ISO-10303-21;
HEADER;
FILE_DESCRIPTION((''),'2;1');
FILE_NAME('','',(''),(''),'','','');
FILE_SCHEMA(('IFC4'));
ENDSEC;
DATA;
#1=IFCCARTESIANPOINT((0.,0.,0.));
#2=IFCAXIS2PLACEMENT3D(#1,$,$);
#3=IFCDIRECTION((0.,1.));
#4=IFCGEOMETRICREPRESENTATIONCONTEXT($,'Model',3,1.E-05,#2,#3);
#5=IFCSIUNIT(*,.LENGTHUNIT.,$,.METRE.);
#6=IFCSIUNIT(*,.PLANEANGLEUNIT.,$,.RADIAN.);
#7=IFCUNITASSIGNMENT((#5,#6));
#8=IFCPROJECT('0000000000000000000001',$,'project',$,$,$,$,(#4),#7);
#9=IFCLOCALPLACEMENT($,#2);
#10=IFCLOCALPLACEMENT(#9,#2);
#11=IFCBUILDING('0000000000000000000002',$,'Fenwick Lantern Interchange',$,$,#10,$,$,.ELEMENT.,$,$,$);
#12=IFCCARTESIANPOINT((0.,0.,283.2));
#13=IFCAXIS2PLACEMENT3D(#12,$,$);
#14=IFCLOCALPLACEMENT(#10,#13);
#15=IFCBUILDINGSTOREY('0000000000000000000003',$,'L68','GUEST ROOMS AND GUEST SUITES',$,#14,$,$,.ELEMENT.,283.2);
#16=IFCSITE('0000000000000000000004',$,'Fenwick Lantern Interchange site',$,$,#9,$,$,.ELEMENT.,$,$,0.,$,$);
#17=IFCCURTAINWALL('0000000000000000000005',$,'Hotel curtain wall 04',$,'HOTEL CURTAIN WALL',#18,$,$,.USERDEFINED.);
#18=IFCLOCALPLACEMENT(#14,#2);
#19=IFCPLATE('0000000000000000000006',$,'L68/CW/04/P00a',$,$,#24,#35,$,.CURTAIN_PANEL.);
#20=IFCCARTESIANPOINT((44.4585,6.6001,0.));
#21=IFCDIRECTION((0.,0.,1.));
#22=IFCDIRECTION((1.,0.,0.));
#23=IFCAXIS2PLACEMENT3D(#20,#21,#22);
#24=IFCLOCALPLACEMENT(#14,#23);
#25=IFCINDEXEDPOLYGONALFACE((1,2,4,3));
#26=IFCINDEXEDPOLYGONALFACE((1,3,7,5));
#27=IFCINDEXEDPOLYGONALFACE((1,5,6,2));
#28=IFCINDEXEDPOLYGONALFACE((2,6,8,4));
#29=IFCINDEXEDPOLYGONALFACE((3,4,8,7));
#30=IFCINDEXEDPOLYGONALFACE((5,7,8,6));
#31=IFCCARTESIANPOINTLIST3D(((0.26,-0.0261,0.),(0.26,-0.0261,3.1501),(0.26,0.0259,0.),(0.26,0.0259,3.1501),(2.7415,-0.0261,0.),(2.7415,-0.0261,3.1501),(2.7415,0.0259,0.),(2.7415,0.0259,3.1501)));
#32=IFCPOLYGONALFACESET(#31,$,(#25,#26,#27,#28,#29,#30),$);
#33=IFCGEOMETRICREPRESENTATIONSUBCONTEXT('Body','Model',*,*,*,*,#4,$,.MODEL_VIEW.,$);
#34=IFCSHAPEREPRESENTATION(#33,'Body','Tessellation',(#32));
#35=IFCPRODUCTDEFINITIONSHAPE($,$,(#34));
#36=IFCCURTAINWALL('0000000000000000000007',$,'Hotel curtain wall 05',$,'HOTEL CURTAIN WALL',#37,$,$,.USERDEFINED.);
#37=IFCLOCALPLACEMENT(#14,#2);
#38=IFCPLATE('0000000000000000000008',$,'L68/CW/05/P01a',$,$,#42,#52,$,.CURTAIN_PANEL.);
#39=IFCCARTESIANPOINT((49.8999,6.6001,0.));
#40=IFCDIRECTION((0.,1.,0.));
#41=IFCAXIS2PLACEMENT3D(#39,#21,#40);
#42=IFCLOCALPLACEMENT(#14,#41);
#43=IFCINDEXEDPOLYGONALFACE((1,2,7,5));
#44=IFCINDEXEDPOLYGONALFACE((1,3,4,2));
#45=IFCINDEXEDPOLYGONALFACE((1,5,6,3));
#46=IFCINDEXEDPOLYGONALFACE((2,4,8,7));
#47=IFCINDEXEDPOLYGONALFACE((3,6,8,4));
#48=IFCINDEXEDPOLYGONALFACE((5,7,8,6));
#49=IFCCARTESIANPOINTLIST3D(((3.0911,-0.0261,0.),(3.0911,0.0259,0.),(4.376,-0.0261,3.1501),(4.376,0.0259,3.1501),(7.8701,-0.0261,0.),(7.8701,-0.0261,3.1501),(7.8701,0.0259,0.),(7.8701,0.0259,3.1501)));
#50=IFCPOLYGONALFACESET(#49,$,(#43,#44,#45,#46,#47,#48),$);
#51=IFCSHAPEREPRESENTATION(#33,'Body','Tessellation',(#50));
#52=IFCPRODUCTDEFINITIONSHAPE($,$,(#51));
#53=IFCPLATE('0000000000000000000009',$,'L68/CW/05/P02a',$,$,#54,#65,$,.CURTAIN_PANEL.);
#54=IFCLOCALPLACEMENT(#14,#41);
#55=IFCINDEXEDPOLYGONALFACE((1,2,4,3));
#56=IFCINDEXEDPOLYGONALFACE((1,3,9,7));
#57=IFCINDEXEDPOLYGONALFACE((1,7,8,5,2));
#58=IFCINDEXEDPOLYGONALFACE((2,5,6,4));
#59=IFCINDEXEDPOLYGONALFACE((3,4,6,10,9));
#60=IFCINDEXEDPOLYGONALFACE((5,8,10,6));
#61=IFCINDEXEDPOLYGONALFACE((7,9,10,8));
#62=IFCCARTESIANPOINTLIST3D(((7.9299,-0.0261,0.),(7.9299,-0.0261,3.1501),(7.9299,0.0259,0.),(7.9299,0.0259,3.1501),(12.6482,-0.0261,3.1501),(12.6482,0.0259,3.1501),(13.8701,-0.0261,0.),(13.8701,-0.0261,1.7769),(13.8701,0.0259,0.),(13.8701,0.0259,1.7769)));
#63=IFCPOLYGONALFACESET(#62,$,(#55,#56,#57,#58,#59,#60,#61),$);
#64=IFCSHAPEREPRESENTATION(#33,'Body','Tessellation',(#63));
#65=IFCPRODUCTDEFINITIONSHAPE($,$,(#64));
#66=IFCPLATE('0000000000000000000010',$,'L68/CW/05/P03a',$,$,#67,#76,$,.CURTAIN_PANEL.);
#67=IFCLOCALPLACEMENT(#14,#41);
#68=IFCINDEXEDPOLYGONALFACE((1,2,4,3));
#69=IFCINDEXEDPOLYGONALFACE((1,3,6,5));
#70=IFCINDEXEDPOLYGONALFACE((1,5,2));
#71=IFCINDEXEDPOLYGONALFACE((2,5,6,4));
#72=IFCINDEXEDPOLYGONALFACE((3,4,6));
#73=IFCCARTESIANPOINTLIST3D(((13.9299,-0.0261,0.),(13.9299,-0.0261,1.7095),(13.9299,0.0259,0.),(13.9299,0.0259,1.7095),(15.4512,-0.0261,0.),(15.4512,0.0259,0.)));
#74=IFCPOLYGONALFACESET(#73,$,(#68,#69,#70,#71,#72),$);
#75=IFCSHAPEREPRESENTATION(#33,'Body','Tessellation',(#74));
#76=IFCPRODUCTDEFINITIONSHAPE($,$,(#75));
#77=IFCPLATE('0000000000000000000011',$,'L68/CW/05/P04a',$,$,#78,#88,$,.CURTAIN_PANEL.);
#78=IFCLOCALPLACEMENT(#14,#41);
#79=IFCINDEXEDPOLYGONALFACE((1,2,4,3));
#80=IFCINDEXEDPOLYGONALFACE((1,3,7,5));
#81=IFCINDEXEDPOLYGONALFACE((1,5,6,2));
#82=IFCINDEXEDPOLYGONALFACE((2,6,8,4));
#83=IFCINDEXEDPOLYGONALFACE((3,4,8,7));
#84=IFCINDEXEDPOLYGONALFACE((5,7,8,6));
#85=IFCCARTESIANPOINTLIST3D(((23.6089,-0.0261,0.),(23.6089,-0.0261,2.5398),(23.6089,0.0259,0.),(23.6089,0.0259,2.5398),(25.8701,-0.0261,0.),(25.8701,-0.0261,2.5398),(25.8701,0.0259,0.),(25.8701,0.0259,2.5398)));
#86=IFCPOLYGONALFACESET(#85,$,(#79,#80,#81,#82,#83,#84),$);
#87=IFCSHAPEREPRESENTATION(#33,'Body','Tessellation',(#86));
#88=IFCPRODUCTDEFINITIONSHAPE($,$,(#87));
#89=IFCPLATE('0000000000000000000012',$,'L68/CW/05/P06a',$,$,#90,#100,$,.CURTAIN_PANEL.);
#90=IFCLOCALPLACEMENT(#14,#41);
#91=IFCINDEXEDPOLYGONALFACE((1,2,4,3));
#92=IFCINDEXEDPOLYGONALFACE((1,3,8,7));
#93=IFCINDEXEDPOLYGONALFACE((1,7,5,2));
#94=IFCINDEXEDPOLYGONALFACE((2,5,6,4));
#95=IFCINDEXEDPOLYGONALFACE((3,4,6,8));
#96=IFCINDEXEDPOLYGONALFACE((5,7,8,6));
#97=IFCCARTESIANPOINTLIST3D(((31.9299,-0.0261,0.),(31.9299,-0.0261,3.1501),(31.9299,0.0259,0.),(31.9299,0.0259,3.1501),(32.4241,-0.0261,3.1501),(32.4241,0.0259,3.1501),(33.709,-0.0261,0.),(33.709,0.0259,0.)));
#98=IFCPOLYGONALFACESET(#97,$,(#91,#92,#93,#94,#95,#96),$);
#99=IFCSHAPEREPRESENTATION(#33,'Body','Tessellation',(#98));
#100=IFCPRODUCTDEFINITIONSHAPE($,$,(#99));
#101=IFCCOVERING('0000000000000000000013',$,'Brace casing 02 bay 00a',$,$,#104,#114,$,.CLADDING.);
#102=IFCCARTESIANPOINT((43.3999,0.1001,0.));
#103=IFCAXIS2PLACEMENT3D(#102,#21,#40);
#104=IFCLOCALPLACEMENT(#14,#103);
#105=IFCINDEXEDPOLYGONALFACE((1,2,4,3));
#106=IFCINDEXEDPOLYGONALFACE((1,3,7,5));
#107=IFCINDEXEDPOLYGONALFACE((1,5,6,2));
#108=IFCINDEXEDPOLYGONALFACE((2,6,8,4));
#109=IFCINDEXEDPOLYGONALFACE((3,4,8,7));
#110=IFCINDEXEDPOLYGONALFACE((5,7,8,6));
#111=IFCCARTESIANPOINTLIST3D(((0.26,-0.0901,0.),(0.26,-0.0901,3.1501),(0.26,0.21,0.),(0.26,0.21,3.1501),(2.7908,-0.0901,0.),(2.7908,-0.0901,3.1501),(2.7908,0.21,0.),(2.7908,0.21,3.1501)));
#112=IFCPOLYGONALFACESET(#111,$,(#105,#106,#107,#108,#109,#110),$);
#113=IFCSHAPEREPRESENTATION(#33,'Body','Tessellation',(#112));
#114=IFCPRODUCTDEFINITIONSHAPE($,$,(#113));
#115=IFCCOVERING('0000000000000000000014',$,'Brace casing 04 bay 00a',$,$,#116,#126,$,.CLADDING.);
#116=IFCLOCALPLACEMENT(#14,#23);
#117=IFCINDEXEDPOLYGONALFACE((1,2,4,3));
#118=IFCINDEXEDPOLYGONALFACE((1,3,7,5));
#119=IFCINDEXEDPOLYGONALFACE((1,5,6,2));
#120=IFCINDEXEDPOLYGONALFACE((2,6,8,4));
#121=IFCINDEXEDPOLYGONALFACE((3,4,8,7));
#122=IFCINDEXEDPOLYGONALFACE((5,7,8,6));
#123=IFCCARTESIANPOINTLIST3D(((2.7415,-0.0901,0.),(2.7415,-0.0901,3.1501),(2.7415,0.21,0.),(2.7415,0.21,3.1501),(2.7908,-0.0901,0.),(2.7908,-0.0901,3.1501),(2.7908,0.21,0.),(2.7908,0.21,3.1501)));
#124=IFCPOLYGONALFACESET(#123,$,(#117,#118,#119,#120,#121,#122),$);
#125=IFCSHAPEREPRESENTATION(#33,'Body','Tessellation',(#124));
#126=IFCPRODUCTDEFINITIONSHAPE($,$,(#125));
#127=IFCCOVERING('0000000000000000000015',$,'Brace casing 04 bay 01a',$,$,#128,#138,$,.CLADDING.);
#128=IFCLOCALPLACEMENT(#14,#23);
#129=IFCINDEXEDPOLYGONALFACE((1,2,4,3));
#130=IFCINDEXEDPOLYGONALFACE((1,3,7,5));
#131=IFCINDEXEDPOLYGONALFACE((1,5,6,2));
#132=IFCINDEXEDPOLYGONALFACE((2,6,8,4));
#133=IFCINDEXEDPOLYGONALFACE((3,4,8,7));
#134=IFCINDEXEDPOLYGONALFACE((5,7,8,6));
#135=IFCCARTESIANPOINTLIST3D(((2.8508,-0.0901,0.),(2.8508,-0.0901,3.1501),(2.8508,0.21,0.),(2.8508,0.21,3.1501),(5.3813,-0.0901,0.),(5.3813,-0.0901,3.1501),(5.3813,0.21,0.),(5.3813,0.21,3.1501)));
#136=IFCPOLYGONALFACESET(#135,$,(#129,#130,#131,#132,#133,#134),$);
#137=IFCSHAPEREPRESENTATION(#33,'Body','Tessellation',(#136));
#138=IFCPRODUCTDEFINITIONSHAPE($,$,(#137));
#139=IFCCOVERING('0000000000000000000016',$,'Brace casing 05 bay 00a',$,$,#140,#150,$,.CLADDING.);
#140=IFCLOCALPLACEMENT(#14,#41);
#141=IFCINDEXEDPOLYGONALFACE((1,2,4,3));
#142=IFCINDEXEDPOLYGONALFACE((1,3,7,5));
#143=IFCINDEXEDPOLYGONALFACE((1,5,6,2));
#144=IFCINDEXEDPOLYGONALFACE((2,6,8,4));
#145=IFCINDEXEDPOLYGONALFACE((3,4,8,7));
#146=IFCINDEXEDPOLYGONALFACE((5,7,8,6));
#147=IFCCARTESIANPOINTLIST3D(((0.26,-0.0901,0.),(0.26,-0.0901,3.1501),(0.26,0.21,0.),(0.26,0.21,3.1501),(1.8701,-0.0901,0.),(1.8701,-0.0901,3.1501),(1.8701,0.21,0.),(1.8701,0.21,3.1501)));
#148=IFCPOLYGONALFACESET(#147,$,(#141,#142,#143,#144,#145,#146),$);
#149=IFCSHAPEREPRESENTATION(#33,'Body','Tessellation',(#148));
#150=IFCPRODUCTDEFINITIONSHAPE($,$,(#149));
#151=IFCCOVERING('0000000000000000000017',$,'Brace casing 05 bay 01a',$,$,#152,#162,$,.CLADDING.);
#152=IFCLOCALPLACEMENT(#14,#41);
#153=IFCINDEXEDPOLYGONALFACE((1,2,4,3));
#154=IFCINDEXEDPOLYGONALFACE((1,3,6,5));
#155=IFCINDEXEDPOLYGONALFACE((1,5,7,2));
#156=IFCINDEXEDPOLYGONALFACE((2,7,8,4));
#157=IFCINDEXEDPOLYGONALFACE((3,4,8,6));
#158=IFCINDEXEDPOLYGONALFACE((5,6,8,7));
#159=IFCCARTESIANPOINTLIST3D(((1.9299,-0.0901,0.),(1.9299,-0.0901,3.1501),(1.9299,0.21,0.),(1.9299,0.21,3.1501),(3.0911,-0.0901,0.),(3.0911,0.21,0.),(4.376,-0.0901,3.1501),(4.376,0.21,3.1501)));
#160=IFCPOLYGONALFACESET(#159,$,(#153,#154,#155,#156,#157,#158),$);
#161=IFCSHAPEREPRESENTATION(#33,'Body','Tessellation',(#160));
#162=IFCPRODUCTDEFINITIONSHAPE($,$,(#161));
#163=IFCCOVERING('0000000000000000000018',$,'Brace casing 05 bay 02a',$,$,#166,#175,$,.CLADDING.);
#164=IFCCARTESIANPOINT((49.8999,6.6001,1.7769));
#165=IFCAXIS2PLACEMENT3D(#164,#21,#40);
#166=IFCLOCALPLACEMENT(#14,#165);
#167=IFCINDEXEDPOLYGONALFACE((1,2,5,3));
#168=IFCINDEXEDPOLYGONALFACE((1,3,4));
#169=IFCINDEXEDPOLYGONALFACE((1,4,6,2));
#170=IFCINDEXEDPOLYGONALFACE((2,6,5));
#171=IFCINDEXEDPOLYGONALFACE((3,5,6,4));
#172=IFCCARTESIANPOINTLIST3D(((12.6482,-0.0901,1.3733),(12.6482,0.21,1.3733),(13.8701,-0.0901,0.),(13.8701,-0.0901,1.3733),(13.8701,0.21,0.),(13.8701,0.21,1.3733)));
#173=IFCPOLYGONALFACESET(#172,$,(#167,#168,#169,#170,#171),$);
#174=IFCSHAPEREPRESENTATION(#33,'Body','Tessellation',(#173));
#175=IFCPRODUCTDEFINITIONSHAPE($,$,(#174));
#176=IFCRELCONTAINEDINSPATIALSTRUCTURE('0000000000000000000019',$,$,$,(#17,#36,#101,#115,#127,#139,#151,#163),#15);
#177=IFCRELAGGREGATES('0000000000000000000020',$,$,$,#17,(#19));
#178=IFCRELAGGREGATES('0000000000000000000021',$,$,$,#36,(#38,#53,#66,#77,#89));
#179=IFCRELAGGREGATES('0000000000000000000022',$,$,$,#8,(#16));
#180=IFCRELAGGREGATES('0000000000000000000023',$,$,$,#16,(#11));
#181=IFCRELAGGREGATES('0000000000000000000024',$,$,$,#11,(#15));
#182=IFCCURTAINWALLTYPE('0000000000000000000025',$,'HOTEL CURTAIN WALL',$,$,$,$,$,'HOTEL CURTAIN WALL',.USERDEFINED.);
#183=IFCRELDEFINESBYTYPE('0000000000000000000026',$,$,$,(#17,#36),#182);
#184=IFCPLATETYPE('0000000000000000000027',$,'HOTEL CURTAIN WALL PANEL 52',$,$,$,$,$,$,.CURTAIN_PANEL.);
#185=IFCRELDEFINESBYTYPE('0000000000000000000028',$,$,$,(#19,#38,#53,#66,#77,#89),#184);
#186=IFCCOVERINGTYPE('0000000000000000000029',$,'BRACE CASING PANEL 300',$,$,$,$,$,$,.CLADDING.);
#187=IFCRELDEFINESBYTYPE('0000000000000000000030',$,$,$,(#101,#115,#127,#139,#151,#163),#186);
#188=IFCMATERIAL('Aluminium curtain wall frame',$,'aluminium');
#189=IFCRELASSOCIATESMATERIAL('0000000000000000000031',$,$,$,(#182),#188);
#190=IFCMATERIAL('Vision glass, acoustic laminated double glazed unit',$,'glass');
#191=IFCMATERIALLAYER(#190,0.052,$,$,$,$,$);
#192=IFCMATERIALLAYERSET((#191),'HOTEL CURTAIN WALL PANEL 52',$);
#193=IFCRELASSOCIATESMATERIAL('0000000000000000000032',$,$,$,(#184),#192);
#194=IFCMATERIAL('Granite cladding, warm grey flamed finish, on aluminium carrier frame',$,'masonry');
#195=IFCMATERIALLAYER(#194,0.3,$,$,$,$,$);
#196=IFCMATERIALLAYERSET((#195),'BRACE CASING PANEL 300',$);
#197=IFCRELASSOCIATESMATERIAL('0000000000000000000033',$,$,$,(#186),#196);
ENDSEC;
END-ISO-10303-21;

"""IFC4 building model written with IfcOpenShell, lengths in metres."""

from ifc_helpers import new_model, si_unit, direction, frame, origin, place, context, subcontext, project, spatial, polyline, outline, extrude, material, layer, layer_set, type_object, element, aggregate, save


model = new_model("IFC4")

# Units and contexts
model_context = context("Model", 3, precision=1e-05, world=origin(), true_north=direction((0.0, 1.0)))
body_context = subcontext(model_context, "Body", "Model", "MODEL_VIEW")
ifc_project = project(units=[si_unit("LENGTHUNIT", "METRE"), si_unit("PLANEANGLEUNIT", "RADIAN")], contexts=[model_context])

# Site, building, storey
site_placement = place(None, origin())
site = spatial("IfcSite", under=ifc_project, at=site_placement, Name="Fenwick Lantern Interchange site", CompositionType="ELEMENT", RefElevation=0.0)
building_placement = place(site_placement, origin())
building = spatial("IfcBuilding", under=site, at=building_placement, Name="Fenwick Lantern Interchange", CompositionType="ELEMENT")
storey_placement = place(building_placement, frame((0.0, 0.0, 283.2)))
storey = spatial("IfcBuildingStorey", under=building, at=storey_placement, Name="L68", Description="GUEST ROOMS AND GUEST SUITES", CompositionType="ELEMENT", Elevation=283.2)

# Shared definitions
ifc_material_1 = material(Name="Aluminium curtain wall frame", Category="aluminium")
curtain_wall_type = type_object("IfcCurtainWallType", Name="HOTEL CURTAIN WALL", ElementType="HOTEL CURTAIN WALL", PredefinedType="USERDEFINED", material=ifc_material_1)

# Curtain wall
curtain_wall_1_placement = place(storey_placement, origin())
curtain_wall_1 = element("IfcCurtainWall", 1, at=curtain_wall_1_placement, inside=storey, type_object=curtain_wall_type, Name="Hotel curtain wall 04", ObjectType="HOTEL CURTAIN WALL", PredefinedType="USERDEFINED")

# Plate
ifc_material_2 = material(Name="Vision glass, acoustic laminated double glazed unit", Category="glass")
ifc_layer_1 = layer(ifc_material_2, 0.052)
ifc_layer_set_1 = layer_set([ifc_layer_1], Name="HOTEL CURTAIN WALL PANEL 52")
plate_type = type_object("IfcPlateType", Name="HOTEL CURTAIN WALL PANEL 52", PredefinedType="CURTAIN_PANEL", material=ifc_layer_set_1)
plate_1_placement = place(storey_placement, frame((44.4585, 6.6001, 0.0), z_axis=(0.0, 0.0, 1.0), x_axis=(1.0, 0.0, 0.0)))
plate_1 = element("IfcPlate", 2, at=plate_1_placement, type_object=plate_type, Name="L68/CW/04/P00a", PredefinedType="CURTAIN_PANEL", context=body_context, shape_type="SweptSolid", body=[
    extrude(outline(polyline([(0.26, 0.0), (2.7415, 0.0), (2.7415, 3.1501), (0.26, 3.1501), (0.26, 0.0)])), frame((0.0, 0.0259, 0.0), z_axis=(0.0, -1.0, 0.0), x_axis=(1.0, 0.0, 0.0)), (0.0, 0.0, 1.0), 0.052),
])
aggregate(curtain_wall_1, [plate_1])

# Curtain wall, plates
curtain_wall_2_placement = place(storey_placement, origin())
curtain_wall_2 = element("IfcCurtainWall", 3, at=curtain_wall_2_placement, inside=storey, type_object=curtain_wall_type, Name="Hotel curtain wall 05", ObjectType="HOTEL CURTAIN WALL", PredefinedType="USERDEFINED")
plate_2_placement = place(storey_placement, frame((49.8999, 6.6001, 0.0), z_axis=(0.0, 0.0, 1.0), x_axis=(0.0, 1.0, 0.0)))
plate_2 = element("IfcPlate", 4, at=plate_2_placement, type_object=plate_type, Name="L68/CW/05/P01a", PredefinedType="CURTAIN_PANEL", context=body_context, shape_type="SweptSolid", body=[
    extrude(outline(polyline([(3.0911, 0.0), (7.8701, 0.0), (7.8701, 3.1501), (4.376, 3.1501), (3.0911, 0.0)])), frame((0.0, 0.0259, 0.0), z_axis=(0.0, -1.0, 0.0), x_axis=(1.0, 0.0, 0.0)), (0.0, 0.0, 1.0), 0.052),
])
plate_3_placement = place(storey_placement, frame((49.8999, 6.6001, 0.0), z_axis=(0.0, 0.0, 1.0), x_axis=(0.0, 1.0, 0.0)))
plate_3 = element("IfcPlate", 5, at=plate_3_placement, type_object=plate_type, Name="L68/CW/05/P02a", PredefinedType="CURTAIN_PANEL", context=body_context, shape_type="SweptSolid", body=[
    extrude(outline(polyline([(7.9299, 0.0), (13.8701, 0.0), (13.8701, 1.7769), (12.6482, 3.1501), (7.9299, 3.1501), (7.9299, 0.0)])), frame((0.0, 0.0259, 0.0), z_axis=(0.0, -1.0, 0.0), x_axis=(1.0, 0.0, 0.0)), (0.0, 0.0, 1.0), 0.052),
])
plate_4_placement = place(storey_placement, frame((49.8999, 6.6001, 0.0), z_axis=(0.0, 0.0, 1.0), x_axis=(0.0, 1.0, 0.0)))
plate_4 = element("IfcPlate", 6, at=plate_4_placement, type_object=plate_type, Name="L68/CW/05/P03a", PredefinedType="CURTAIN_PANEL", context=body_context, shape_type="SweptSolid", body=[
    extrude(outline(polyline([(13.9299, 0.0), (15.4512, 0.0), (13.9299, 1.7095), (13.9299, 0.0)])), frame((0.0, 0.0259, 0.0), z_axis=(0.0, -1.0, 0.0), x_axis=(1.0, 0.0, 0.0)), (0.0, 0.0, 1.0), 0.052),
])
plate_5_placement = place(storey_placement, frame((49.8999, 6.6001, 0.0), z_axis=(0.0, 0.0, 1.0), x_axis=(0.0, 1.0, 0.0)))
plate_5 = element("IfcPlate", 7, at=plate_5_placement, type_object=plate_type, Name="L68/CW/05/P04a", PredefinedType="CURTAIN_PANEL", context=body_context, shape_type="SweptSolid", body=[
    extrude(outline(polyline([(23.6089, 0.0), (25.8701, 0.0), (25.8701, 2.5398), (23.6089, 2.5398), (23.6089, 0.0)])), frame((0.0, 0.0259, 0.0), z_axis=(0.0, -1.0, 0.0), x_axis=(1.0, 0.0, 0.0)), (0.0, 0.0, 1.0), 0.052),
])
plate_6_placement = place(storey_placement, frame((49.8999, 6.6001, 0.0), z_axis=(0.0, 0.0, 1.0), x_axis=(0.0, 1.0, 0.0)))
plate_6 = element("IfcPlate", 8, at=plate_6_placement, type_object=plate_type, Name="L68/CW/05/P06a", PredefinedType="CURTAIN_PANEL", context=body_context, shape_type="SweptSolid", body=[
    extrude(outline(polyline([(31.9299, 0.0), (33.709, 0.0), (32.4241, 3.1501), (31.9299, 3.1501), (31.9299, 0.0)])), frame((0.0, 0.0259, 0.0), z_axis=(0.0, -1.0, 0.0), x_axis=(1.0, 0.0, 0.0)), (0.0, 0.0, 1.0), 0.052),
])
aggregate(curtain_wall_2, [plate_2, plate_3, plate_4, plate_5, plate_6])

# Coverings
ifc_material_3 = material(Name="Granite cladding, warm grey flamed finish, on aluminium carrier frame", Category="masonry")
ifc_layer_2 = layer(ifc_material_3, 0.3)
ifc_layer_set_2 = layer_set([ifc_layer_2], Name="BRACE CASING PANEL 300")
covering_type = type_object("IfcCoveringType", Name="BRACE CASING PANEL 300", PredefinedType="CLADDING", material=ifc_layer_set_2)
covering_1_placement = place(storey_placement, frame((43.3999, 0.1001, 0.0), z_axis=(0.0, 0.0, 1.0), x_axis=(0.0, 1.0, 0.0)))
element("IfcCovering", 9, at=covering_1_placement, inside=storey, type_object=covering_type, Name="Brace casing 02 bay 00a", PredefinedType="CLADDING", context=body_context, shape_type="SweptSolid", body=[
    extrude(outline(polyline([(0.26, 0.0), (2.7908, 0.0), (2.7908, 3.1501), (0.26, 3.1501), (0.26, 0.0)])), frame((0.0, 0.21, 0.0), z_axis=(0.0, -1.0, 0.0), x_axis=(1.0, 0.0, 0.0)), (0.0, 0.0, 1.0), 0.3),
])
covering_2_placement = place(storey_placement, frame((44.4585, 6.6001, 0.0), z_axis=(0.0, 0.0, 1.0), x_axis=(1.0, 0.0, 0.0)))
element("IfcCovering", 10, at=covering_2_placement, inside=storey, type_object=covering_type, Name="Brace casing 04 bay 00a", PredefinedType="CLADDING", context=body_context, shape_type="SweptSolid", body=[
    extrude(outline(polyline([(2.7415, 0.0), (2.7908, 0.0), (2.7908, 3.1501), (2.7415, 3.1501), (2.7415, 0.0)])), frame((0.0, 0.21, 0.0), z_axis=(0.0, -1.0, 0.0), x_axis=(1.0, 0.0, 0.0)), (0.0, 0.0, 1.0), 0.3),
])
covering_3_placement = place(storey_placement, frame((44.4585, 6.6001, 0.0), z_axis=(0.0, 0.0, 1.0), x_axis=(1.0, 0.0, 0.0)))
element("IfcCovering", 11, at=covering_3_placement, inside=storey, type_object=covering_type, Name="Brace casing 04 bay 01a", PredefinedType="CLADDING", context=body_context, shape_type="SweptSolid", body=[
    extrude(outline(polyline([(2.8508, 0.0), (5.3813, 0.0), (5.3813, 3.1501), (2.8508, 3.1501), (2.8508, 0.0)])), frame((0.0, 0.21, 0.0), z_axis=(0.0, -1.0, 0.0), x_axis=(1.0, 0.0, 0.0)), (0.0, 0.0, 1.0), 0.3),
])
covering_4_placement = place(storey_placement, frame((49.8999, 6.6001, 0.0), z_axis=(0.0, 0.0, 1.0), x_axis=(0.0, 1.0, 0.0)))
element("IfcCovering", 12, at=covering_4_placement, inside=storey, type_object=covering_type, Name="Brace casing 05 bay 00a", PredefinedType="CLADDING", context=body_context, shape_type="SweptSolid", body=[
    extrude(outline(polyline([(0.26, 0.0), (1.8701, 0.0), (1.8701, 3.1501), (0.26, 3.1501), (0.26, 0.0)])), frame((0.0, 0.21, 0.0), z_axis=(0.0, -1.0, 0.0), x_axis=(1.0, 0.0, 0.0)), (0.0, 0.0, 1.0), 0.3),
])
covering_5_placement = place(storey_placement, frame((49.8999, 6.6001, 0.0), z_axis=(0.0, 0.0, 1.0), x_axis=(0.0, 1.0, 0.0)))
element("IfcCovering", 13, at=covering_5_placement, inside=storey, type_object=covering_type, Name="Brace casing 05 bay 01a", PredefinedType="CLADDING", context=body_context, shape_type="SweptSolid", body=[
    extrude(outline(polyline([(1.9299, 0.0), (3.0911, 0.0), (4.376, 3.1501), (1.9299, 3.1501), (1.9299, 0.0)])), frame((0.0, 0.21, 0.0), z_axis=(0.0, -1.0, 0.0), x_axis=(1.0, 0.0, 0.0)), (0.0, 0.0, 1.0), 0.3),
])
covering_6_placement = place(storey_placement, frame((49.8999, 6.6001, 1.7769), z_axis=(0.0, 0.0, 1.0), x_axis=(0.0, 1.0, 0.0)))
element("IfcCovering", 14, at=covering_6_placement, inside=storey, type_object=covering_type, Name="Brace casing 05 bay 02a", PredefinedType="CLADDING", context=body_context, shape_type="SweptSolid", body=[
    extrude(outline(polyline([(13.8701, 0.0), (13.8701, 1.3733), (12.6482, 1.3733), (13.8701, 0.0)])), frame((0.0, 0.21, 0.0), z_axis=(0.0, -1.0, 0.0), x_axis=(1.0, 0.0, 0.0)), (0.0, 0.0, 1.0), 0.3),
])

save(model, "model.ifc")
